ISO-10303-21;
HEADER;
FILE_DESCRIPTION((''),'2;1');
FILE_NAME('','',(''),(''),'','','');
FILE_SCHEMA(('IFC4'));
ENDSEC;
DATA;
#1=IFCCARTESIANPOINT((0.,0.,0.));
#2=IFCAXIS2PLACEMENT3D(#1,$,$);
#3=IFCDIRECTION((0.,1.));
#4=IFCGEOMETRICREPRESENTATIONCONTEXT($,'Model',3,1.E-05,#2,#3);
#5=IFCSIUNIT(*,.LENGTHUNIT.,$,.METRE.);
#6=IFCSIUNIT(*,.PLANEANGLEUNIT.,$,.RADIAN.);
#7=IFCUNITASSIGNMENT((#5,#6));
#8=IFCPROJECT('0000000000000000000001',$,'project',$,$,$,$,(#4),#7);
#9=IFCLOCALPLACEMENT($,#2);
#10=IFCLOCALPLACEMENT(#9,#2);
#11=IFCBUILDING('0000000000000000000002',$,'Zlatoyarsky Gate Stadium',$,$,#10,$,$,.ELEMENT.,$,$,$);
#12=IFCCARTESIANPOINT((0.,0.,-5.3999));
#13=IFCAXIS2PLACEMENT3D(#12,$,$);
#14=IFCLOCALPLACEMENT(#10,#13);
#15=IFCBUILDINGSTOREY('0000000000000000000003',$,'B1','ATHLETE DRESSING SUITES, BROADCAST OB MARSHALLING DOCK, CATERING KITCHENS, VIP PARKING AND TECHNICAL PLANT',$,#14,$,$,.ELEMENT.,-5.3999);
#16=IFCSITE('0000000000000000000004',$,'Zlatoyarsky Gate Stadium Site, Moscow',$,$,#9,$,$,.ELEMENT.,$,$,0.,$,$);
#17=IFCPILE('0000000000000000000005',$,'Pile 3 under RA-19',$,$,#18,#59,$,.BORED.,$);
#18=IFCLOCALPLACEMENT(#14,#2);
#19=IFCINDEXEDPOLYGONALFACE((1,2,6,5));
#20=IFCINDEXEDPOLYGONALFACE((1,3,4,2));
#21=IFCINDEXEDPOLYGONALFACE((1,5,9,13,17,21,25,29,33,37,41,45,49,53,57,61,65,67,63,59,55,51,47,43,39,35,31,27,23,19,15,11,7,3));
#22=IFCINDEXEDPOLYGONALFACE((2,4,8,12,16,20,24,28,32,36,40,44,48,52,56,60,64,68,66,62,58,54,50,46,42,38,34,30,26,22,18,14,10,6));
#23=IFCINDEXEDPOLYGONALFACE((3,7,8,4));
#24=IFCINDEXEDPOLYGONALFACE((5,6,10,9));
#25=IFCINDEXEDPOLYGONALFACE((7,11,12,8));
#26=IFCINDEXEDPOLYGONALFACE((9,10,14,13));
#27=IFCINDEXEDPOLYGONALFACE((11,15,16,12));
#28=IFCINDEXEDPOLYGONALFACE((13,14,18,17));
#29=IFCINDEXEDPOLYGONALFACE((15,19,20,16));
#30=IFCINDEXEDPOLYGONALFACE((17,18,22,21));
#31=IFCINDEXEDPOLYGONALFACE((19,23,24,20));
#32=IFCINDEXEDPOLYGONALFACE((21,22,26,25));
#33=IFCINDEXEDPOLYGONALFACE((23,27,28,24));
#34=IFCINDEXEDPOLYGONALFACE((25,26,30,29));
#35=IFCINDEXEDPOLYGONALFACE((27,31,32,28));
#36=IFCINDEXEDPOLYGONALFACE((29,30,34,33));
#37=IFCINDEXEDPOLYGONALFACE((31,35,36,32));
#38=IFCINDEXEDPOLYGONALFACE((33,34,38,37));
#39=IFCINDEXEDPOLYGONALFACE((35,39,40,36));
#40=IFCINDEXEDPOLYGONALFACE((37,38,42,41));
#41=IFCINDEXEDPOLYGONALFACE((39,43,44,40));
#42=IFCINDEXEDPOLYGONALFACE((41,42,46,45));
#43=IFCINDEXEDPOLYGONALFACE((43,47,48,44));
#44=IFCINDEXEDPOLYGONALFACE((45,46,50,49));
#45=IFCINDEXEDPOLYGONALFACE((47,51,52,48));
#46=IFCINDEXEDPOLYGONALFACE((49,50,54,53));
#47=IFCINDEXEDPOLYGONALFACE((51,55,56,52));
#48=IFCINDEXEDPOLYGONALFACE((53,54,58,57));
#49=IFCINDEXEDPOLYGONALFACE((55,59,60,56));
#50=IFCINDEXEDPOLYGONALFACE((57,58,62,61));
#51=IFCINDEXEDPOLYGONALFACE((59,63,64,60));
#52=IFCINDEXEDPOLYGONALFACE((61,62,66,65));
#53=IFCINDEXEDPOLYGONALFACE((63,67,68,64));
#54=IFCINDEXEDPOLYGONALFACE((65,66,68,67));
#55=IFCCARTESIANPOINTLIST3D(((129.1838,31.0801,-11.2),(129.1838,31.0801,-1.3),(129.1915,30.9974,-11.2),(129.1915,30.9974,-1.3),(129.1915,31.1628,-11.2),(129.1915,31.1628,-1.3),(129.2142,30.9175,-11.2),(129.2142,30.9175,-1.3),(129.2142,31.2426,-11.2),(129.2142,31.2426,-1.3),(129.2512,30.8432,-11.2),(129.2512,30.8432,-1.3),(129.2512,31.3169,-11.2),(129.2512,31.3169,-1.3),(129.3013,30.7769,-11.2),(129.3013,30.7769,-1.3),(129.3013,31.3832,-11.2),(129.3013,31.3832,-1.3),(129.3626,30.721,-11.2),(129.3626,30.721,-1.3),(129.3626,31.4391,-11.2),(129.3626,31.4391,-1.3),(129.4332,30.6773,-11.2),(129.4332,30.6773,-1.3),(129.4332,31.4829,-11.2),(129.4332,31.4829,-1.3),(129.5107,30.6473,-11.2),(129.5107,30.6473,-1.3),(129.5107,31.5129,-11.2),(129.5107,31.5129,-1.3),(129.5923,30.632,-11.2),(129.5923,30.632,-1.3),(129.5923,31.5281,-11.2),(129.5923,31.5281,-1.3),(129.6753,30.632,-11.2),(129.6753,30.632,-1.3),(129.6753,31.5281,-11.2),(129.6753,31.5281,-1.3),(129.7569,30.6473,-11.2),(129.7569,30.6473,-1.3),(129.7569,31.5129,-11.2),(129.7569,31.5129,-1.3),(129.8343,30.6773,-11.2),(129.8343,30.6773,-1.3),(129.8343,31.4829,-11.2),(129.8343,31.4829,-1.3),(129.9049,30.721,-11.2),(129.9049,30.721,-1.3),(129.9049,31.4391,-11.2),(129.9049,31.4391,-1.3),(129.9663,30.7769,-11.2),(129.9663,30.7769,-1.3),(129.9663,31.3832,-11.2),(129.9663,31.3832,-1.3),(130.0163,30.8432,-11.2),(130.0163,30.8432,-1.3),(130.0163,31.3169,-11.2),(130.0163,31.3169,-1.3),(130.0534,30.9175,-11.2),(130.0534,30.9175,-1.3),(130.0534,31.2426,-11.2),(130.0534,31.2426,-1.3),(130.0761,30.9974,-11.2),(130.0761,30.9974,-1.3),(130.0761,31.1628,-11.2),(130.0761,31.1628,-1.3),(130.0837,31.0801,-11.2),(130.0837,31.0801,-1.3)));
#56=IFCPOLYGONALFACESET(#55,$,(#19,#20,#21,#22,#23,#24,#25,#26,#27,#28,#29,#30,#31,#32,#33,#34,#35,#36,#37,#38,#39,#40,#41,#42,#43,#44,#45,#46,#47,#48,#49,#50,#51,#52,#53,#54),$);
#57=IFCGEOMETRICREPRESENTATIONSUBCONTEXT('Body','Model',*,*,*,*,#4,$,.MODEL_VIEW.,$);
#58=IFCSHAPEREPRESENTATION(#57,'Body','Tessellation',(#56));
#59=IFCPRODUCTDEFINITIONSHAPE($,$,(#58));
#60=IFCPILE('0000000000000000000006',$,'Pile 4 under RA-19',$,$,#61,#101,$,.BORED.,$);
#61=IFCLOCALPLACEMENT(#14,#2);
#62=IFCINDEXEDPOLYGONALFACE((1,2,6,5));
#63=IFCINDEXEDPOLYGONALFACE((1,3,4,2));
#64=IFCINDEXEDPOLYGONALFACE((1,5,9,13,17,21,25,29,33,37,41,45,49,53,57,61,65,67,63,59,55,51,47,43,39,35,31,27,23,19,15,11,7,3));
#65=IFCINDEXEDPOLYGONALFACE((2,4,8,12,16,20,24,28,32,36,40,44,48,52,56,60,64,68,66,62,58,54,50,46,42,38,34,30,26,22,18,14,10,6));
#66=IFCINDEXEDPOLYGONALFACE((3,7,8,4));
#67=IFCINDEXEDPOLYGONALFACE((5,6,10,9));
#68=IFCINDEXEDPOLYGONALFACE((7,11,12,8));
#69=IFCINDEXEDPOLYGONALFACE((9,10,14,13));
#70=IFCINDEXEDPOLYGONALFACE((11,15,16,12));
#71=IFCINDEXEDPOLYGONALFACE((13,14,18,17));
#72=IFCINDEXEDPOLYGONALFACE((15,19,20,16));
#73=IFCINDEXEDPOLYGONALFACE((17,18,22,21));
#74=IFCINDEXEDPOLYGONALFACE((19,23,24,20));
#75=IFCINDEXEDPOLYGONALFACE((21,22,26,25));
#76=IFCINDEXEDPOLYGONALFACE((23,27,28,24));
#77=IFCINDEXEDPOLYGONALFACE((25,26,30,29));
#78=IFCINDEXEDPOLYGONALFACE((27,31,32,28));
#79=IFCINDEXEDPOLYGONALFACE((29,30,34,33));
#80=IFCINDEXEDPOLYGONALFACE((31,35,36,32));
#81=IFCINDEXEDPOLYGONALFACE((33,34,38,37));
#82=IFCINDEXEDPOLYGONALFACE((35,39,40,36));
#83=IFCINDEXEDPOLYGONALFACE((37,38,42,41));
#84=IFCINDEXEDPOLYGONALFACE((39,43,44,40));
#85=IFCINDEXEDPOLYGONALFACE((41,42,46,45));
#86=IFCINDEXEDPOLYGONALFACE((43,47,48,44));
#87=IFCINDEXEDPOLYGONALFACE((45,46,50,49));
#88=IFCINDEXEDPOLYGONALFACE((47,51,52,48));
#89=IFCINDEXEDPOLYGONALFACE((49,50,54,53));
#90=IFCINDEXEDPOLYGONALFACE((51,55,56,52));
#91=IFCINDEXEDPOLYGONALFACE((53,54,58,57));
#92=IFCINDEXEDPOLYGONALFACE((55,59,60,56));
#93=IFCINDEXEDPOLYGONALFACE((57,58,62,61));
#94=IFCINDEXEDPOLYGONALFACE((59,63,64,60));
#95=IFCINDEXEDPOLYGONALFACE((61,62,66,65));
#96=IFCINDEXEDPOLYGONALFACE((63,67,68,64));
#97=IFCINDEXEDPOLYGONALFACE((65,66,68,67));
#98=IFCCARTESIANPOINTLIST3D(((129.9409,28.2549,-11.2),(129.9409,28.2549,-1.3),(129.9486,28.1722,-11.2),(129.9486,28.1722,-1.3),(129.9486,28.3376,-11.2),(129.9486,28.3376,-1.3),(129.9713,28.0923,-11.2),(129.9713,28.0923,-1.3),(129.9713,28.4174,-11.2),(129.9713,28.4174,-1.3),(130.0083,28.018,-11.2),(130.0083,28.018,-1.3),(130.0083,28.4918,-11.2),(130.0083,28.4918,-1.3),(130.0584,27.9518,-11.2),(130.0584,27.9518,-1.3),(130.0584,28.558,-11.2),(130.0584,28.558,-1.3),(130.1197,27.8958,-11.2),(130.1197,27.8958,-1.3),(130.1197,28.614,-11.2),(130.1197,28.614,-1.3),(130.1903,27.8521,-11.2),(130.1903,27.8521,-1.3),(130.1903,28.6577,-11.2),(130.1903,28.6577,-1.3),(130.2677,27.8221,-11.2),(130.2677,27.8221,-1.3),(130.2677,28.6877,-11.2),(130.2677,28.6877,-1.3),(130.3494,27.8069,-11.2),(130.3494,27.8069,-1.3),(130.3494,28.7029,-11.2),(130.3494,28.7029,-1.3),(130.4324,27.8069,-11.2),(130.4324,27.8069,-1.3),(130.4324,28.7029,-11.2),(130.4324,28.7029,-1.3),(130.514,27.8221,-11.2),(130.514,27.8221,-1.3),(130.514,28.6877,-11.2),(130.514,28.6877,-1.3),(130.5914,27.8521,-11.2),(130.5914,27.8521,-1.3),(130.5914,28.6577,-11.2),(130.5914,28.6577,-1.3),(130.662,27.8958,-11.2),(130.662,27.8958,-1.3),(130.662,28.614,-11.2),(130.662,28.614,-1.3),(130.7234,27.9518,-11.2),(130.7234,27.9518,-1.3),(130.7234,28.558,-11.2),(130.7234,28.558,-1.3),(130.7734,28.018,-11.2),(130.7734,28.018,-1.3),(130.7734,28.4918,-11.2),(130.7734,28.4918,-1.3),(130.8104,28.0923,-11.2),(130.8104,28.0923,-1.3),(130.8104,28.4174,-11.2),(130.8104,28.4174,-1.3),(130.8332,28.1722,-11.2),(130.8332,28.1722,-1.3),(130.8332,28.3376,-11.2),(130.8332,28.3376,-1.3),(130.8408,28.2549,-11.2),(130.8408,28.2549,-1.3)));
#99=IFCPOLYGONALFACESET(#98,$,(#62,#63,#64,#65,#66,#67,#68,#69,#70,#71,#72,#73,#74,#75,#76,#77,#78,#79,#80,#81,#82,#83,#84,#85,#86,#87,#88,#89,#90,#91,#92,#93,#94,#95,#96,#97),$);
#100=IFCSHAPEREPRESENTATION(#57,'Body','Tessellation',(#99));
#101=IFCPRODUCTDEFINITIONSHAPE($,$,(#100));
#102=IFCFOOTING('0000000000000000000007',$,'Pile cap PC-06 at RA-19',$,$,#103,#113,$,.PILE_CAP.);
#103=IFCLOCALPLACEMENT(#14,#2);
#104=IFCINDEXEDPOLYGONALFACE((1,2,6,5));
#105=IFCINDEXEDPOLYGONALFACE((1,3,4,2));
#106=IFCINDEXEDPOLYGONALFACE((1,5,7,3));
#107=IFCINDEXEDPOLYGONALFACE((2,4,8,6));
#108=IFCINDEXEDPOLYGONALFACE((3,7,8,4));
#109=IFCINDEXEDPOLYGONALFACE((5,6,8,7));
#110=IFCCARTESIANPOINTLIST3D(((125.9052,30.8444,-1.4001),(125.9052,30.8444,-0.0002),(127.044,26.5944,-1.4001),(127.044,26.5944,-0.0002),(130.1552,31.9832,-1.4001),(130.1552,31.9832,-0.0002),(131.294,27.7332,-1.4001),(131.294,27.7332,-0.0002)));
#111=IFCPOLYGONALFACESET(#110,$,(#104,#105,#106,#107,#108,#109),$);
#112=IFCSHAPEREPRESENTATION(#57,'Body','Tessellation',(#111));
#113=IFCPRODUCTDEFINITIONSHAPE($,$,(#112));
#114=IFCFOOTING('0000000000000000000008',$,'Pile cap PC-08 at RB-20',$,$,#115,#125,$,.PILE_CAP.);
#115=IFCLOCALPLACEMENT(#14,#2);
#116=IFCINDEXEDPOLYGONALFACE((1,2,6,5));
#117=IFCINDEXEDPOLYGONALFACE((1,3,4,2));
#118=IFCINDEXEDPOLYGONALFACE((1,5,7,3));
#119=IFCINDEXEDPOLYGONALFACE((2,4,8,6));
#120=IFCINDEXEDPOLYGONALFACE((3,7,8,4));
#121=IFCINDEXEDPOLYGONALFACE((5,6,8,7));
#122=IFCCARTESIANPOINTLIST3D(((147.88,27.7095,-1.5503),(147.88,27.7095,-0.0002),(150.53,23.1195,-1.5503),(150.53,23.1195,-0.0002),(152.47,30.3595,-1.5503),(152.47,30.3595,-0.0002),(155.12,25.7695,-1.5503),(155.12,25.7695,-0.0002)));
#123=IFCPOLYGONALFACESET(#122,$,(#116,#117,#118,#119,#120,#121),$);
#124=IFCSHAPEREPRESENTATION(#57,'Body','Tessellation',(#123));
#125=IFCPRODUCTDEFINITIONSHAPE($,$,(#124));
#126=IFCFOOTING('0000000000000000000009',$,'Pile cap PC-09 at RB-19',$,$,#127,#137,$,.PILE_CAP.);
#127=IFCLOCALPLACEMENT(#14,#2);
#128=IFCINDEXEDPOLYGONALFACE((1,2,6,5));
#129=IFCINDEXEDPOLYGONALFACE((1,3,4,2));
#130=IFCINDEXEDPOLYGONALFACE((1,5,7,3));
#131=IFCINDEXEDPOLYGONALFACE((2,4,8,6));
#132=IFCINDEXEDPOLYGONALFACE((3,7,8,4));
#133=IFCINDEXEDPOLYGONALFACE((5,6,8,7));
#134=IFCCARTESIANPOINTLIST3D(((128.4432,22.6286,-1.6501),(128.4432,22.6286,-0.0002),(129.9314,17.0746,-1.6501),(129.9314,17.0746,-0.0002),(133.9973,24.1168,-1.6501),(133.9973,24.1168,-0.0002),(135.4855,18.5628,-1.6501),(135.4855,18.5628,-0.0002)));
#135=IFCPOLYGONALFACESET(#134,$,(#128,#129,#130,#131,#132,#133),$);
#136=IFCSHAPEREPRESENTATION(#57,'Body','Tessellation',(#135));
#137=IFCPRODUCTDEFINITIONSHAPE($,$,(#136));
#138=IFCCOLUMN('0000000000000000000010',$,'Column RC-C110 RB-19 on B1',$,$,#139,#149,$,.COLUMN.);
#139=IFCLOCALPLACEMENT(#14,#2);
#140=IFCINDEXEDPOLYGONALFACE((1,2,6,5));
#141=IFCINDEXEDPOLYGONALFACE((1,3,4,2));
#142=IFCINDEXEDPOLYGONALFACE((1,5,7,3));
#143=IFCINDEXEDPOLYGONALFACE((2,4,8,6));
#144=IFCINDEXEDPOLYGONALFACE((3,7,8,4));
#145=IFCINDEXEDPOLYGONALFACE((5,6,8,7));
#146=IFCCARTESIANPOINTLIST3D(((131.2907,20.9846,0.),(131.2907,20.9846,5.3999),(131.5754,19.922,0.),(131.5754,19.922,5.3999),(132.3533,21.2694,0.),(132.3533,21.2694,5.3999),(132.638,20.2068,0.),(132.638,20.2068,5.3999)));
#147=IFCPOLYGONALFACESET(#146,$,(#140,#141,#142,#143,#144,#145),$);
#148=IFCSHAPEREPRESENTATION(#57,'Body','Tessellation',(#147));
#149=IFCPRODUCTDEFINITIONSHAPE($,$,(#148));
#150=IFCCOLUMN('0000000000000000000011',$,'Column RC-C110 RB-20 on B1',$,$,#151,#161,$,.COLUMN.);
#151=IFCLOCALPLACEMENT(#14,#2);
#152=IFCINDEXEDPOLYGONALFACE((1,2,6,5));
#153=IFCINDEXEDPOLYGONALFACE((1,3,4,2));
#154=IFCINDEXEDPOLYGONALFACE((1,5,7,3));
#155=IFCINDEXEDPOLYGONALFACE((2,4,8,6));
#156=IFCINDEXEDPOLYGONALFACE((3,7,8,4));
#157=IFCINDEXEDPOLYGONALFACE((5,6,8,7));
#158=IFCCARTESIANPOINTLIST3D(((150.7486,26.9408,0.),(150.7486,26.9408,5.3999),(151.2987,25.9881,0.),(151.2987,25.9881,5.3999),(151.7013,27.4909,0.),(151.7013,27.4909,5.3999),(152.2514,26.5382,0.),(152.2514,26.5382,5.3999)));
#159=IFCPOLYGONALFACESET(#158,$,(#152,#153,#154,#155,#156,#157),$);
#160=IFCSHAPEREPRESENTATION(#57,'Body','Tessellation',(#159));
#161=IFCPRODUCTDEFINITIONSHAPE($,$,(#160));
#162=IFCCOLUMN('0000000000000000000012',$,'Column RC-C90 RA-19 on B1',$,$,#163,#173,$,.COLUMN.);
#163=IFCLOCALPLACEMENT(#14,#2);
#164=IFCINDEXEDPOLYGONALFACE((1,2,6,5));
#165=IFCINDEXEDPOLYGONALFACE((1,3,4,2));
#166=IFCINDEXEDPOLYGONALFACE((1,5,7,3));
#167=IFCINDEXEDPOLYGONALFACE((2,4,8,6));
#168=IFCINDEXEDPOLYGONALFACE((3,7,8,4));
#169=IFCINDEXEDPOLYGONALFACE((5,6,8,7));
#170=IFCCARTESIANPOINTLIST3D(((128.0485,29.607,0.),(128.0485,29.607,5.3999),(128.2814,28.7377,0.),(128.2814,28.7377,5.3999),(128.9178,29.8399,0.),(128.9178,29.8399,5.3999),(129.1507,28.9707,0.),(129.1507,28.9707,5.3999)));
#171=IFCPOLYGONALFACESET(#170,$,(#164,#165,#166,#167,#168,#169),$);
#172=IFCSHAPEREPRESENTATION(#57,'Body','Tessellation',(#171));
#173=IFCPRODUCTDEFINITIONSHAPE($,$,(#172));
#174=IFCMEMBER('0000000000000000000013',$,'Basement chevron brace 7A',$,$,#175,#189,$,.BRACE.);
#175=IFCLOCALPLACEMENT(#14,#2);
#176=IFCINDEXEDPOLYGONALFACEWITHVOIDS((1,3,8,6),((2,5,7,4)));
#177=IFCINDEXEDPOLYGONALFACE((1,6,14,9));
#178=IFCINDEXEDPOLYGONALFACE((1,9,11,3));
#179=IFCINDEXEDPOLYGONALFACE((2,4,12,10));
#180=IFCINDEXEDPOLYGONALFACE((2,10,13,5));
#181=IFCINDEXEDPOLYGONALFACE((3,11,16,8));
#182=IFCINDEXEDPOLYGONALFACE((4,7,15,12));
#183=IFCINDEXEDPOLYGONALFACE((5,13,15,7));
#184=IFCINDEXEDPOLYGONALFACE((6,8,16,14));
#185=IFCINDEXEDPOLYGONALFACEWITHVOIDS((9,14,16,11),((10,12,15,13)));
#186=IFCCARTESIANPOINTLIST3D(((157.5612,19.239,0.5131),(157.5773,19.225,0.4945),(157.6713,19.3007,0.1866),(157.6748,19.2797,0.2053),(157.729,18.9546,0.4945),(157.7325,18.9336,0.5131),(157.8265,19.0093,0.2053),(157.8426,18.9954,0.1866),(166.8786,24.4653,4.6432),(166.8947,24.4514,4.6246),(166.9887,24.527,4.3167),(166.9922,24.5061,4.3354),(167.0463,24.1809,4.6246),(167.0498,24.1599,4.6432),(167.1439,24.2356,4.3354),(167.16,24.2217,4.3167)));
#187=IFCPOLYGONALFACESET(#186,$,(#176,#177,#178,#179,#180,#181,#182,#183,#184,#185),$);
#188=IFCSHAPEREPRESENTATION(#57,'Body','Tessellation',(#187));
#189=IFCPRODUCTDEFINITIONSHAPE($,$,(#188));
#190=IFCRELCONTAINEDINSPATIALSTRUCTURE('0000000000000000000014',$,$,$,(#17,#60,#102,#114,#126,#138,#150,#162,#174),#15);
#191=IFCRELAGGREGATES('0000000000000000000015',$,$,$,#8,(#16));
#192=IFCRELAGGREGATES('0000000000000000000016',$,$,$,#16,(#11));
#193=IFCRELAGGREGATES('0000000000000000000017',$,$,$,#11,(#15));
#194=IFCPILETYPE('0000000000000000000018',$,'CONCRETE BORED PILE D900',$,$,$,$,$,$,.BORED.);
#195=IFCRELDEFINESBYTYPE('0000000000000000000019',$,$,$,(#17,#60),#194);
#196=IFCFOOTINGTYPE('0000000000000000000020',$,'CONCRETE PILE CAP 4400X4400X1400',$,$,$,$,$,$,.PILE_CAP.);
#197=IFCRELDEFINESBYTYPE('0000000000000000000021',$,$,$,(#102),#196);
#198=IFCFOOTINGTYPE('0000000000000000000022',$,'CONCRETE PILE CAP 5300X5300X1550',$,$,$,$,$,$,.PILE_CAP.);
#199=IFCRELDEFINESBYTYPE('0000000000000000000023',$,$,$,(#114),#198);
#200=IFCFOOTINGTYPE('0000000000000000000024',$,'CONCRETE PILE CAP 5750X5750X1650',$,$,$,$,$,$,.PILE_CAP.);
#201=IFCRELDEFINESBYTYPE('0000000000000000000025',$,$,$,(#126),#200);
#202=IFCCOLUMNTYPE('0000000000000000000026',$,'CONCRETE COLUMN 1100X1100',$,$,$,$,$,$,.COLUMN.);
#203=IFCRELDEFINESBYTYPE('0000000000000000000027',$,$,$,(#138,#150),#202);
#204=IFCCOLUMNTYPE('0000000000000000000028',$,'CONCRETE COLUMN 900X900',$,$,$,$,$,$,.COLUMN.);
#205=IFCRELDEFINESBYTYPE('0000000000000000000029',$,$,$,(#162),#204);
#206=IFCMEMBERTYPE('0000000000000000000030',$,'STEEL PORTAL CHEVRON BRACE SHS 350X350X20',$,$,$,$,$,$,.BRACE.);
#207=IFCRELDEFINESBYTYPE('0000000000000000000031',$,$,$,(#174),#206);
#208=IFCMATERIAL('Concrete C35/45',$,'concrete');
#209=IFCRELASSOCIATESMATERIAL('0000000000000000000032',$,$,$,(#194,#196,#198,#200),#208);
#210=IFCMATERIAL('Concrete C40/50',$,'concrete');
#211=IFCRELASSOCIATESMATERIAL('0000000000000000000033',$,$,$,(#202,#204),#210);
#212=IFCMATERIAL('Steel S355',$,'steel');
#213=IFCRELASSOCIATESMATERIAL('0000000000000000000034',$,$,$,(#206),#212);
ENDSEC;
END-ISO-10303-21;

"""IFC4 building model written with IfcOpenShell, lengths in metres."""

from ifc_helpers import new_model, si_unit, direction, frame, origin, origin_2d, place, context, subcontext, project, spatial, rectangle, hollow_rectangle, circle, extrude, material, material_profile, profile_set, type_object, element, save


model = new_model("IFC4")

# Units and contexts
model_context = context("Model", 3, precision=1e-05, world=origin(), true_north=direction((0.0, 1.0)))
body_context = subcontext(model_context, "Body", "Model", "MODEL_VIEW")
ifc_project = project(units=[si_unit("LENGTHUNIT", "METRE"), si_unit("PLANEANGLEUNIT", "RADIAN")], contexts=[model_context])

# Site, building, storey
site_placement = place(None, origin())
site = spatial("IfcSite", under=ifc_project, at=site_placement, Name="Zlatoyarsky Gate Stadium Site, Moscow", CompositionType="ELEMENT", RefElevation=0.0)
building_placement = place(site_placement, origin())
building = spatial("IfcBuilding", under=site, at=building_placement, Name="Zlatoyarsky Gate Stadium", CompositionType="ELEMENT")
storey_placement = place(building_placement, frame((0.0, 0.0, -5.3999)))
storey = spatial("IfcBuildingStorey", under=building, at=storey_placement, Name="B1", Description="ATHLETE DRESSING SUITES, BROADCAST OB MARSHALLING DOCK, CATERING KITCHENS, VIP PARKING AND TECHNICAL PLANT", CompositionType="ELEMENT", Elevation=-5.3999)

# Piles
ifc_material_1 = material(Name="Concrete C35/45", Category="concrete")
ifc_material_profile_1 = material_profile(ifc_material_1, circle(Radius=0.45, at=origin_2d()), Name="BORED PILE D900")
ifc_profile_set_1 = profile_set([ifc_material_profile_1], Name="Concrete C35/45")
pile_type_1 = type_object("IfcPileType", Name="CONCRETE BORED PILE D900", PredefinedType="BORED", material=ifc_profile_set_1)
for number, where, z_axis, x_axis, name in (
    (1, (129.6338, 31.0801, -1.3), (0.0, 0.0, -1.0), (1.0, 0.0, 0.0), "Pile 3 under RA-19"),
    (2, (130.3909, 28.2549, -1.3), (0.0, 0.0, -1.0), (1.0, 0.0, 0.0), "Pile 4 under RA-19"),
):
    element("IfcPile", number, at=place(storey_placement, frame(where, z_axis=z_axis, x_axis=x_axis)), inside=storey, type_object=pile_type_1, Name=name, PredefinedType="BORED", context=body_context, shape_type="SweptSolid", body=[
        extrude(circle(Radius=0.45, at=origin_2d()), origin(), (0.0, 0.0, 1.0), 9.8999),
    ])

# Footings
footing_type_1 = type_object("IfcFootingType", Name="CONCRETE PILE CAP 4400X4400X1400", PredefinedType="PILE_CAP", material=ifc_material_1)
footing_1_placement = place(storey_placement, frame((128.5996, 29.2888, -1.4001), z_axis=(0.0, 0.0, 1.0), x_axis=(0.258819, -0.965926, 0.0)))
element("IfcFooting", 3, at=footing_1_placement, inside=storey, type_object=footing_type_1, Name="Pile cap PC-06 at RA-19", PredefinedType="PILE_CAP", context=body_context, shape_type="SweptSolid", body=[
    extrude(rectangle(XDim=4.3999, YDim=4.3999, at=origin_2d()), origin(), (0.0, 0.0, 1.0), 1.3999),
])
footing_type_2 = type_object("IfcFootingType", Name="CONCRETE PILE CAP 5300X5300X1550", PredefinedType="PILE_CAP", material=ifc_material_1)
footing_2_placement = place(storey_placement, frame((151.5, 26.7395, -1.5503), z_axis=(0.0, 0.0, 1.0), x_axis=(0.5, -0.866025, 0.0)))
element("IfcFooting", 4, at=footing_2_placement, inside=storey, type_object=footing_type_2, Name="Pile cap PC-08 at RB-20", PredefinedType="PILE_CAP", context=body_context, shape_type="SweptSolid", body=[
    extrude(rectangle(XDim=5.3, YDim=5.3, at=origin_2d()), origin(), (0.0, 0.0, 1.0), 1.55),
])
footing_type_3 = type_object("IfcFootingType", Name="CONCRETE PILE CAP 5750X5750X1650", PredefinedType="PILE_CAP", material=ifc_material_1)
footing_3_placement = place(storey_placement, frame((131.9644, 20.5957, -1.6501), z_axis=(0.0, 0.0, 1.0), x_axis=(0.258819, -0.965926, 0.0)))
element("IfcFooting", 5, at=footing_3_placement, inside=storey, type_object=footing_type_3, Name="Pile cap PC-09 at RB-19", PredefinedType="PILE_CAP", context=body_context, shape_type="SweptSolid", body=[
    extrude(rectangle(XDim=5.75, YDim=5.75, at=origin_2d()), origin(), (0.0, 0.0, 1.0), 1.6499),
])

# Columns
ifc_material_2 = material(Name="Concrete C40/50", Category="concrete")
ifc_material_profile_2 = material_profile(ifc_material_2, rectangle(XDim=1.1001, YDim=1.1001, at=origin_2d()), Name="RC COL 1100X1100")
ifc_profile_set_2 = profile_set([ifc_material_profile_2], Name="Concrete C40/50")
column_type_1 = type_object("IfcColumnType", Name="CONCRETE COLUMN 1100X1100", PredefinedType="COLUMN", material=ifc_profile_set_2)
for number, where, z_axis, x_axis, name in (
    (6, (131.9644, 20.5957, 0.0), (0.0, 0.0, 1.0), (0.258819, -0.965926, 0.0), "Column RC-C110 RB-19 on B1"),
    (7, (151.5, 26.7395, 0.0), (0.0, 0.0, 1.0), (0.5, -0.866025, 0.0), "Column RC-C110 RB-20 on B1"),
):
    element("IfcColumn", number, at=place(storey_placement, frame(where, z_axis=z_axis, x_axis=x_axis)), inside=storey, type_object=column_type_1, Name=name, PredefinedType="COLUMN", context=body_context, shape_type="SweptSolid", body=[
        extrude(rectangle(XDim=1.1001, YDim=1.1001, at=origin_2d()), origin(), (0.0, 0.0, 1.0), 5.3999),
    ])
ifc_material_profile_3 = material_profile(ifc_material_2, rectangle(XDim=0.8999, YDim=0.8999, at=origin_2d()), Name="RC COL 900X900")
ifc_profile_set_3 = profile_set([ifc_material_profile_3], Name="Concrete C40/50")
column_type_2 = type_object("IfcColumnType", Name="CONCRETE COLUMN 900X900", PredefinedType="COLUMN", material=ifc_profile_set_3)
column_placement = place(storey_placement, frame((128.5996, 29.2888, 0.0), z_axis=(0.0, 0.0, 1.0), x_axis=(0.258819, -0.965926, 0.0)))
element("IfcColumn", 8, at=column_placement, inside=storey, type_object=column_type_2, Name="Column RC-C90 RA-19 on B1", PredefinedType="COLUMN", context=body_context, shape_type="SweptSolid", body=[
    extrude(rectangle(XDim=0.8999, YDim=0.8999, at=origin_2d()), origin(), (0.0, 0.0, 1.0), 5.3999),
])

# Member
ifc_material_3 = material(Name="Steel S355", Category="steel")
ifc_material_profile_4 = material_profile(ifc_material_3, hollow_rectangle(XDim=0.3501, YDim=0.3501, WallThickness=0.02, at=origin_2d()), Name="SHS 350X350X20")
ifc_profile_set_4 = profile_set([ifc_material_profile_4], Name="Steel S355")
member_type = type_object("IfcMemberType", Name="STEEL PORTAL CHEVRON BRACE SHS 350X350X20", PredefinedType="BRACE", material=ifc_profile_set_4)
member_placement = place(storey_placement, frame((157.7019, 19.1172, 0.3499), z_axis=(0.813486, 0.456302, 0.360595), x_axis=(-0.489215, 0.872163, 0.0)))
element("IfcMember", 9, at=member_placement, inside=storey, type_object=member_type, Name="Basement chevron brace 7A", PredefinedType="BRACE", context=body_context, shape_type="SweptSolid", body=[
    extrude(hollow_rectangle(XDim=0.3501, YDim=0.3501, WallThickness=0.02, at=origin_2d()), origin(), (0.0, 0.0, 1.0), 11.4536),
])

save(model, "model.ifc")
